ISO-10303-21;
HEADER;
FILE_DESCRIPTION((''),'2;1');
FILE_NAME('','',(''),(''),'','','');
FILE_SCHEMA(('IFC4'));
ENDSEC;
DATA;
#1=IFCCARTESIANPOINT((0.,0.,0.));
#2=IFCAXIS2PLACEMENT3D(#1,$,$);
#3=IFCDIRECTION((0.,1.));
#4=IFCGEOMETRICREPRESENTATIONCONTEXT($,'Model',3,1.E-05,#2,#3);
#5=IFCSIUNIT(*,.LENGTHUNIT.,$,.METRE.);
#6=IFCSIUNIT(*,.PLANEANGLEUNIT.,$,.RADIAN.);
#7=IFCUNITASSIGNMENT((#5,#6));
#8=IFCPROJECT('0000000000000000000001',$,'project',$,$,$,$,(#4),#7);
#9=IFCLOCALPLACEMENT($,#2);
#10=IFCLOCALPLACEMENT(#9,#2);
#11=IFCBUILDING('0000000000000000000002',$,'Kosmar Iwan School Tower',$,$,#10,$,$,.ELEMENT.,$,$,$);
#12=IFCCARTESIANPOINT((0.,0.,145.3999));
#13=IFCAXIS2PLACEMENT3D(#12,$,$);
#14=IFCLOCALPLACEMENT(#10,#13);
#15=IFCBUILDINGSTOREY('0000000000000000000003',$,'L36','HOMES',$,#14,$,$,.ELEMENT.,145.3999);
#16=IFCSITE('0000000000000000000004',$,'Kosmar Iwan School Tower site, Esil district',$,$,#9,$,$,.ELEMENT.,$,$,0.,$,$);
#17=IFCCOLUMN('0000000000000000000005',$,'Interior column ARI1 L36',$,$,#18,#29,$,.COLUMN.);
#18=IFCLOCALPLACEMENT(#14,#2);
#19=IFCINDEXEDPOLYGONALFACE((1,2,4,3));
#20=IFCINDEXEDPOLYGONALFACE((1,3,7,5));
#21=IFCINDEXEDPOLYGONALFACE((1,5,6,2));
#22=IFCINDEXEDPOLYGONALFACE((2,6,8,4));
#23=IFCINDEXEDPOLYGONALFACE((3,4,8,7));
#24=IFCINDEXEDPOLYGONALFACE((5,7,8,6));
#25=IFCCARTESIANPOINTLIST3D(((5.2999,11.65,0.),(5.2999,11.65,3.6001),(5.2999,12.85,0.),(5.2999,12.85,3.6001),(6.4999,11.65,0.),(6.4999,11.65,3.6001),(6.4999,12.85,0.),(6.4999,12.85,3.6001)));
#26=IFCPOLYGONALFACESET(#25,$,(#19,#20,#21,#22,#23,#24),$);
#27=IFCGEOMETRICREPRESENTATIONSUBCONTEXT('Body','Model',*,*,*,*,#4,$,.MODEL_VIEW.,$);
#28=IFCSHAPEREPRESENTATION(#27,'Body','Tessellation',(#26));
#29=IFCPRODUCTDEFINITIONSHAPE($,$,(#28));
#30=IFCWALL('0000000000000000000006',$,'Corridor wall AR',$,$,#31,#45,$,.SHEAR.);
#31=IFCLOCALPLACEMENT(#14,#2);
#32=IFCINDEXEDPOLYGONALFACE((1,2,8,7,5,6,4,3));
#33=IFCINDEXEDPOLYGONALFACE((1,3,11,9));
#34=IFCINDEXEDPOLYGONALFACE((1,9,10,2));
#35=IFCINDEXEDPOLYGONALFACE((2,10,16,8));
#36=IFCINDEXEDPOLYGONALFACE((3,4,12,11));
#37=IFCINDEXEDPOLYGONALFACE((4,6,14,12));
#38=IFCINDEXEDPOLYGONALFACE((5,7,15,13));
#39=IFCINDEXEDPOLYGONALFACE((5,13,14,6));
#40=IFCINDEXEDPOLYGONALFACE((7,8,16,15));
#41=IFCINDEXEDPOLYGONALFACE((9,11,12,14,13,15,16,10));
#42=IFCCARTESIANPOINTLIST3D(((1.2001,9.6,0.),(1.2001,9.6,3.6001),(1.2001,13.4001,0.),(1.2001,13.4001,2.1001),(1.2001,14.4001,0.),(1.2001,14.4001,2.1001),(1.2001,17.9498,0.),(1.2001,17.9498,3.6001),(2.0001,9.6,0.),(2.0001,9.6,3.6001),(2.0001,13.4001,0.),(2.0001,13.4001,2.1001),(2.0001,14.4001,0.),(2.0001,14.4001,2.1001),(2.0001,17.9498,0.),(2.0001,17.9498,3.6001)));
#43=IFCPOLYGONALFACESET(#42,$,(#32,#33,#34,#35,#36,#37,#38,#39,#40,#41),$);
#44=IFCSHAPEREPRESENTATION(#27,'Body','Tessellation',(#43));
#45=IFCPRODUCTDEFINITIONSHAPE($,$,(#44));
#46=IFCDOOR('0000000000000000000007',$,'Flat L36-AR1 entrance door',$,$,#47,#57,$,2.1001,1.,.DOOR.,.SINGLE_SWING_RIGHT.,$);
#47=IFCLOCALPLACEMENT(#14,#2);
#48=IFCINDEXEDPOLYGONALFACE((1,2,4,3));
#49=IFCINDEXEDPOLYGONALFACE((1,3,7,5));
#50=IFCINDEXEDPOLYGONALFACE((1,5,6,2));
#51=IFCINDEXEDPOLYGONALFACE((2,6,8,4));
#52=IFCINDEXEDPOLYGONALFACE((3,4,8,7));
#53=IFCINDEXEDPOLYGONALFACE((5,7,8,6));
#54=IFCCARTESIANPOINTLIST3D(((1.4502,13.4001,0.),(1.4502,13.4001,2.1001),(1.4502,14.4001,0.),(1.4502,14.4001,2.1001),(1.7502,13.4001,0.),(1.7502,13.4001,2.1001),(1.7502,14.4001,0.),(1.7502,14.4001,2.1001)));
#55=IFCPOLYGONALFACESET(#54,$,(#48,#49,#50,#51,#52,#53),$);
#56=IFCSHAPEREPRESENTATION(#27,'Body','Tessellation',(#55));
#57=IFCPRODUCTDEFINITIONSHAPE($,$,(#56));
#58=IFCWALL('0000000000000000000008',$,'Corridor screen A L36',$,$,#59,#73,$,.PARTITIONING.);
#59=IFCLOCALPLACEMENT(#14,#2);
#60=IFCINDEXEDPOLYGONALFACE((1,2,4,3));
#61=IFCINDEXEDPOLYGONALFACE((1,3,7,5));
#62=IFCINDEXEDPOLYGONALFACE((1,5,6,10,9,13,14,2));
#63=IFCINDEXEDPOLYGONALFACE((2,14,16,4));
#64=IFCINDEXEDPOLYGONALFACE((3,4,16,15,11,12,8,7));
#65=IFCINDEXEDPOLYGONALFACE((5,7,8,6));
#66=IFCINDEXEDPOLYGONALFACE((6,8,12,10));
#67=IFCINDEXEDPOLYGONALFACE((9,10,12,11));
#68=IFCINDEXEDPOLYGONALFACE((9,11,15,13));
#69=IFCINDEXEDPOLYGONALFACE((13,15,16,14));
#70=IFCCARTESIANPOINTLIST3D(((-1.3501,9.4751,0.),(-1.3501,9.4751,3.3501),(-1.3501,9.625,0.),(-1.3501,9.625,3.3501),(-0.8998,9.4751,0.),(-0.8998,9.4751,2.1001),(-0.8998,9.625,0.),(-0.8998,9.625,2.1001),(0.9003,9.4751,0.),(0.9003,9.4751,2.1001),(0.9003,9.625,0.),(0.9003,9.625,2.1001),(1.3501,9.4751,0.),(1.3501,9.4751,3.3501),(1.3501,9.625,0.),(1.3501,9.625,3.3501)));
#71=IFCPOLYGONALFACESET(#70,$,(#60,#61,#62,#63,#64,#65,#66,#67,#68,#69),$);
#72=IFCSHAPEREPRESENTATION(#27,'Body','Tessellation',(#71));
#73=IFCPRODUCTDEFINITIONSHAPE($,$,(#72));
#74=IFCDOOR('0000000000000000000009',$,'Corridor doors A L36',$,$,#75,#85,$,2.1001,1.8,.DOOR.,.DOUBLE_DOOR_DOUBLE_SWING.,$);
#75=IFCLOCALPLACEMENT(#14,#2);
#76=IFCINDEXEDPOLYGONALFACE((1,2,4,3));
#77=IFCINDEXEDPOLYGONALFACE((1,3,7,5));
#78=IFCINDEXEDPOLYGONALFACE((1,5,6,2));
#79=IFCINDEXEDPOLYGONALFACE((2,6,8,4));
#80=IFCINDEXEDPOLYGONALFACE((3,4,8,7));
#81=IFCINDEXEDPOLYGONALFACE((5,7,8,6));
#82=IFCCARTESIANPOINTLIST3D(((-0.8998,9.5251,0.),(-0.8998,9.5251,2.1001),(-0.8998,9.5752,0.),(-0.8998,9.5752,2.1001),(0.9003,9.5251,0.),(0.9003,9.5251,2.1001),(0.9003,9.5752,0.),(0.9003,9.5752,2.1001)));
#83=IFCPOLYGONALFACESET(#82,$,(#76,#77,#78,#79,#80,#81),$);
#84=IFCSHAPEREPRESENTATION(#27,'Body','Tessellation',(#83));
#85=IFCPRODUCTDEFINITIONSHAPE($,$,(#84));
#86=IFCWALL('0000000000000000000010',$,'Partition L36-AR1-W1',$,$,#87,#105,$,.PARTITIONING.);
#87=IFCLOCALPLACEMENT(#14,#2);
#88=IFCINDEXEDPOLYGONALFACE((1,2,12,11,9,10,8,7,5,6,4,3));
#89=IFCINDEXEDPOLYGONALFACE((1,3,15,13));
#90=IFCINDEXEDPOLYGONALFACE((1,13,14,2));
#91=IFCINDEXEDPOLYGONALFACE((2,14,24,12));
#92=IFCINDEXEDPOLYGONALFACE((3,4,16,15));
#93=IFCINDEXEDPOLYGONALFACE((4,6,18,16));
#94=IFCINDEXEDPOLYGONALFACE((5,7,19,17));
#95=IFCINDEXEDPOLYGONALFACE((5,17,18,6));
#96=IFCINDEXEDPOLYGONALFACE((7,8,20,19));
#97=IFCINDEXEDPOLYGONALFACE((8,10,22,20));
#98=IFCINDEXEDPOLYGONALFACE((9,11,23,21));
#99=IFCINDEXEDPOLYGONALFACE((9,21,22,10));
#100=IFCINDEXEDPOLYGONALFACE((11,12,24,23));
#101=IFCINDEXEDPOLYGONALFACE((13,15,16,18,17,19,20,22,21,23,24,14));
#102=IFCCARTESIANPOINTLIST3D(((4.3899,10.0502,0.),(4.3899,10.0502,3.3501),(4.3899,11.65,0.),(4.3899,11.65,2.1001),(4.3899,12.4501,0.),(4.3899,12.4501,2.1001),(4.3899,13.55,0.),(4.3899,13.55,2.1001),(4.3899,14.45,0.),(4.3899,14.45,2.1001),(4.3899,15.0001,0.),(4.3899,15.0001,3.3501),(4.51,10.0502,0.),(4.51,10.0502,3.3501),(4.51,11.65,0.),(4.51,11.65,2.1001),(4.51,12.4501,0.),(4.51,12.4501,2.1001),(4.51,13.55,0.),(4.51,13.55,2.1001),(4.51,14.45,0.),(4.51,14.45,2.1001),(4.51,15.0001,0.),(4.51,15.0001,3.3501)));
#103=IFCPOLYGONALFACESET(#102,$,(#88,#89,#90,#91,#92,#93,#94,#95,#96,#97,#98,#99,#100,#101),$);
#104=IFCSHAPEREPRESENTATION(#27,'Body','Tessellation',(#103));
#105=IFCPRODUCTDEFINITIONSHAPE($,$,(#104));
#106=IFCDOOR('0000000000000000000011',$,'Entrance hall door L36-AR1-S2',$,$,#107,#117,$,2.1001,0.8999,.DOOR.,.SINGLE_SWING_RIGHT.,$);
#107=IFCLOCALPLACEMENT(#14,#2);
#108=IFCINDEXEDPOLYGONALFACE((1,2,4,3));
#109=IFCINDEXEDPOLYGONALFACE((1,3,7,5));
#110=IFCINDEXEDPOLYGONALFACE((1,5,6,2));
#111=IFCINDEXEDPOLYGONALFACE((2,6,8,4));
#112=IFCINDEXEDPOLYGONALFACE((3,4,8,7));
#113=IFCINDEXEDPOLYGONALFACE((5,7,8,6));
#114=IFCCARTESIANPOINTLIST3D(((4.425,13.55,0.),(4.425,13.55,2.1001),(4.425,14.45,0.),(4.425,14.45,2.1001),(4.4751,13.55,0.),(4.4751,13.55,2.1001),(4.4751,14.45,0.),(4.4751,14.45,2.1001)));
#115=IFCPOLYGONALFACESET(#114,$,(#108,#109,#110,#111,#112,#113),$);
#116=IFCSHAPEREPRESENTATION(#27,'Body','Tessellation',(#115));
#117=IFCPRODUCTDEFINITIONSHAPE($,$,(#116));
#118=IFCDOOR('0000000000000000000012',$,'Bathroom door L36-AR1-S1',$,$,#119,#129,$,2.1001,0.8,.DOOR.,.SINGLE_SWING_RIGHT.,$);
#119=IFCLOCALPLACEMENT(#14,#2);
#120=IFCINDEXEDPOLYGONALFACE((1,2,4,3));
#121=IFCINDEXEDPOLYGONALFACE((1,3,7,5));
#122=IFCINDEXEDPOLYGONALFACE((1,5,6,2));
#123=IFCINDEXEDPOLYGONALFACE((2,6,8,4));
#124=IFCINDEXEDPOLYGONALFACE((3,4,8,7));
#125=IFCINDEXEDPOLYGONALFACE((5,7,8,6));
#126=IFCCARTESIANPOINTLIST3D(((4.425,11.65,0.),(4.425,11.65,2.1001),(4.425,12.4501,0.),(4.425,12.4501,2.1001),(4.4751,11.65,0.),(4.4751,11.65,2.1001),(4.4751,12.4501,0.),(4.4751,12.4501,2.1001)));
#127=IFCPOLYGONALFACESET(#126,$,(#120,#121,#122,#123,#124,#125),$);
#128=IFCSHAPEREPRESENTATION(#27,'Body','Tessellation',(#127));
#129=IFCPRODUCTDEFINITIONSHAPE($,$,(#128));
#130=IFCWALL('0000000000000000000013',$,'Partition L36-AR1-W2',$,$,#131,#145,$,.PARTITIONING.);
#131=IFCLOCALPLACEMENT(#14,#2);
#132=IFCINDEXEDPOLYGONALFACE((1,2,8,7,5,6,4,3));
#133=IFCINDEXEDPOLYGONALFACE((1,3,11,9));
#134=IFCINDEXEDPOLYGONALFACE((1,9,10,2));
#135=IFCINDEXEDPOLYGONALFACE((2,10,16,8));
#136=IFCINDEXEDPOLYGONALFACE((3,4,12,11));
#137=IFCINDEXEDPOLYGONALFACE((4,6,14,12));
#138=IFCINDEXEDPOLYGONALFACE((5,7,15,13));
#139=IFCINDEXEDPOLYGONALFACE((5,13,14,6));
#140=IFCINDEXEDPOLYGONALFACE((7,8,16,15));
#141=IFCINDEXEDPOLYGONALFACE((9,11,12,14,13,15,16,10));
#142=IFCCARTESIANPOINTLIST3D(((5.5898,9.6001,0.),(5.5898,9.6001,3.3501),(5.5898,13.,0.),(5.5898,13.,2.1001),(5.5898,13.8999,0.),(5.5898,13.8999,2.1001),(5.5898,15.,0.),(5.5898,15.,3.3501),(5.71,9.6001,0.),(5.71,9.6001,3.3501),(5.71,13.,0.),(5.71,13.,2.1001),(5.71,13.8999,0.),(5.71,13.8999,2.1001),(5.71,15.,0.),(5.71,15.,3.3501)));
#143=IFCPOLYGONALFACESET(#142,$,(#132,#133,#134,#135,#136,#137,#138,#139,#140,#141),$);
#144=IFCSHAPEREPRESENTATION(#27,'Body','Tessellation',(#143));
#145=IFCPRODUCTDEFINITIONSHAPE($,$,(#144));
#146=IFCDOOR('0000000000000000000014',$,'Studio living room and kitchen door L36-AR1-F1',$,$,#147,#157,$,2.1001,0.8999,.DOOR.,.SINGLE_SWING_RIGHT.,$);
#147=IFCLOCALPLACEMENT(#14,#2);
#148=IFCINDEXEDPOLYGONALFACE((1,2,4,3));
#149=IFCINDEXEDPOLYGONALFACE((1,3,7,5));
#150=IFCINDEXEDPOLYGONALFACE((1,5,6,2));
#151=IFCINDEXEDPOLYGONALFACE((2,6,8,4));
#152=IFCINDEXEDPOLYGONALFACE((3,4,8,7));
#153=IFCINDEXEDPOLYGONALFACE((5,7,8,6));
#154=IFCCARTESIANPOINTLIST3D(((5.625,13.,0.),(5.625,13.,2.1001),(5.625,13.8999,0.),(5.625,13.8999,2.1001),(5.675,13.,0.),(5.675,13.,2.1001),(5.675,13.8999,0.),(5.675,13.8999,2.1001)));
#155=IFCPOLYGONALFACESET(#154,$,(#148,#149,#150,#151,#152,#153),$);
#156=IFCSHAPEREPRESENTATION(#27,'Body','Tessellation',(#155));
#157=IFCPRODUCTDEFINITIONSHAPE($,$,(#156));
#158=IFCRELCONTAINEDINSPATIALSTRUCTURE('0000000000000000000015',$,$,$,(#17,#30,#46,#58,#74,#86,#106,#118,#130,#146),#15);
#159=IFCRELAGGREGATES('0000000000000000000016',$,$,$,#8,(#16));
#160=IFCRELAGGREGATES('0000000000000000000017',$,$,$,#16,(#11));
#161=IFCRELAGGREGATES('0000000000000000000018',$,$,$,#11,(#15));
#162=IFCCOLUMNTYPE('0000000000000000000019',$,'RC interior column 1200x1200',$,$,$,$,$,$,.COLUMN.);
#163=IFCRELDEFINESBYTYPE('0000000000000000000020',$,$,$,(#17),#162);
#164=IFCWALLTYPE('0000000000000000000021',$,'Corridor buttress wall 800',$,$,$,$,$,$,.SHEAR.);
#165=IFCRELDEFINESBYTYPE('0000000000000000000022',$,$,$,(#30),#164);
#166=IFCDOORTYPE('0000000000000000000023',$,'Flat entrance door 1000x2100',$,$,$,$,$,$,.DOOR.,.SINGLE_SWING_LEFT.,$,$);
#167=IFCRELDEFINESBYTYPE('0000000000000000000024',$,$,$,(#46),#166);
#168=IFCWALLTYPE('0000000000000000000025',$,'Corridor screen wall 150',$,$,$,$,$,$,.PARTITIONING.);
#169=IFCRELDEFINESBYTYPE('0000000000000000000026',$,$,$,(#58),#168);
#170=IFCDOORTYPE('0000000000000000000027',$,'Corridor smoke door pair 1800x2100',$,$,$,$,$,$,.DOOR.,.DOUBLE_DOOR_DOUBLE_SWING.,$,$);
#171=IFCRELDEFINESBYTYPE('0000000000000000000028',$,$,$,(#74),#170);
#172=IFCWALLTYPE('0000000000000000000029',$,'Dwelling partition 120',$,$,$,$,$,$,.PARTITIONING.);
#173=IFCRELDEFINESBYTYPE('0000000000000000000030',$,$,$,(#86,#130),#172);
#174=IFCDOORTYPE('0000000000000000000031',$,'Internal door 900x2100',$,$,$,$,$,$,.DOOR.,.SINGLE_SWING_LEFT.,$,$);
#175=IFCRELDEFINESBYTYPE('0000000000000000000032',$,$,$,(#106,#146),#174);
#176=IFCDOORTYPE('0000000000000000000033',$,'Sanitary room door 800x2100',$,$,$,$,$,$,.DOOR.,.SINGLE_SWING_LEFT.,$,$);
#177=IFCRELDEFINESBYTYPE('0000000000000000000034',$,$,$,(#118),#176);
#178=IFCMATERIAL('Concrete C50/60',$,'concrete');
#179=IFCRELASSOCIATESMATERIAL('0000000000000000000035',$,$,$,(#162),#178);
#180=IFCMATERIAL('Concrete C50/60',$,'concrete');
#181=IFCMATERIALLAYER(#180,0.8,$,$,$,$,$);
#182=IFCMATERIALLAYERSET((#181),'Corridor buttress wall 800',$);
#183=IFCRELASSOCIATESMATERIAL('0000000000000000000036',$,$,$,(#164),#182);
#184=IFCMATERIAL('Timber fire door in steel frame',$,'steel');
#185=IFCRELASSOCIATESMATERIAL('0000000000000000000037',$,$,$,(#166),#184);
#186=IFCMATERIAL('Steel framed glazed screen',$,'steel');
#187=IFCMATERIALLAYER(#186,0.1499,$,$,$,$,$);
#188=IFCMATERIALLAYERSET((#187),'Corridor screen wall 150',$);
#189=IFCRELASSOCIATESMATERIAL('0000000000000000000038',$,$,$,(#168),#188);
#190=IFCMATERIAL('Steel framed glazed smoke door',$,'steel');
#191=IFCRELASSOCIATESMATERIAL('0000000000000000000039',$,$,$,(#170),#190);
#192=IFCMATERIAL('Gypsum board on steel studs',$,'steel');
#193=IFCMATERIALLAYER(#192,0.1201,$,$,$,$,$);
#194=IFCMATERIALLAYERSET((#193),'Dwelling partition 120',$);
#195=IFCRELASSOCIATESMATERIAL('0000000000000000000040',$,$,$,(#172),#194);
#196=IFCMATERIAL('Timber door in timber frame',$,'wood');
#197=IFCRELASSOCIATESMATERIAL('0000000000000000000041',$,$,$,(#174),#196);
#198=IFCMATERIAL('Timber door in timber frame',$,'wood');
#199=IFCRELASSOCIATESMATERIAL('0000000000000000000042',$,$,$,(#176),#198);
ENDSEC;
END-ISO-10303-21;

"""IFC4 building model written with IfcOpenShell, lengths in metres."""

from ifc_helpers import new_model, si_unit, direction, frame, frame_2d, origin, origin_2d, place, context, subcontext, project, spatial, rectangle, extrude, material, layer, layer_set, material_profile, profile_set, type_object, element, fill, save


model = new_model("IFC4")

# Units and contexts
model_context = context("Model", 3, precision=1e-05, world=origin(), true_north=direction((0.0, 1.0)))
body_context = subcontext(model_context, "Body", "Model", "MODEL_VIEW")
ifc_project = project(units=[si_unit("LENGTHUNIT", "METRE"), si_unit("PLANEANGLEUNIT", "RADIAN")], contexts=[model_context])

# Site, building, storey
site_placement = place(None, origin())
site = spatial("IfcSite", under=ifc_project, at=site_placement, Name="Kosmar Iwan School Tower site, Esil district", CompositionType="ELEMENT", RefElevation=0.0)
building_placement = place(site_placement, origin())
building = spatial("IfcBuilding", under=site, at=building_placement, Name="Kosmar Iwan School Tower", CompositionType="ELEMENT")
storey_placement = place(building_placement, frame((0.0, 0.0, 145.3999)))
storey = spatial("IfcBuildingStorey", under=building, at=storey_placement, Name="L36", Description="HOMES", CompositionType="ELEMENT", Elevation=145.3999)

# Column
ifc_material_1 = material(Name="Concrete C50/60", Category="concrete")
ifc_material_profile = material_profile(ifc_material_1, rectangle(XDim=1.2, YDim=1.2, at=origin_2d()), Name="RC 1200x1200")
ifc_profile_set = profile_set([ifc_material_profile], Name="Concrete C50/60")
column_type = type_object("IfcColumnType", Name="RC interior column 1200x1200", PredefinedType="COLUMN", material=ifc_profile_set)
column_placement = place(storey_placement, frame((5.8999, 12.25, 0.0), z_axis=(0.0, 0.0, 1.0), x_axis=(0.0, 1.0, 0.0)))
element("IfcColumn", 1, at=column_placement, inside=storey, type_object=column_type, Name="Interior column ARI1 L36", PredefinedType="COLUMN", context=body_context, shape_type="SweptSolid", body=[
    extrude(rectangle(XDim=1.2, YDim=1.2, at=origin_2d()), origin(), (0.0, 0.0, 1.0), 3.6001),
])

# Walls, openings, doors
ifc_material_2 = material(Name="Concrete C50/60", Category="concrete")
ifc_layer_1 = layer(ifc_material_2, 0.8)
ifc_layer_set_1 = layer_set([ifc_layer_1], Name="Corridor buttress wall 800")
wall_type_1 = type_object("IfcWallType", Name="Corridor buttress wall 800", PredefinedType="SHEAR", material=ifc_layer_set_1)
wall_1_placement = place(storey_placement, frame((1.6001, 9.6001, 0.0), z_axis=(0.0, 0.0, 1.0), x_axis=(0.0, 1.0, 0.0)))
wall_1 = element("IfcWall", 2, at=wall_1_placement, inside=storey, type_object=wall_type_1, Name="Corridor wall AR", PredefinedType="SHEAR", context=body_context, shape_type="SweptSolid", body=[
    extrude(rectangle(XDim=8.3499, YDim=0.8, at=frame_2d((4.1748, 0.0))), origin(), (0.0, 0.0, 1.0), 3.6001),
])
opening_1_placement = place(wall_1_placement, frame((3.8, 0.0, 0.0)))
opening_1 = element("IfcOpeningElement", 3, at=opening_1_placement, cuts=wall_1, PredefinedType="OPENING", context=body_context, shape_type="SweptSolid", body=[
    extrude(rectangle(XDim=1.0, YDim=2.1001, at=frame_2d((0.5, 1.05))), frame((0.0, 0.4121, 0.0), z_axis=(0.0, -1.0, 0.0), x_axis=(1.0, 0.0, 0.0)), (0.0, 0.0, 1.0), 0.824),
])
ifc_material_3 = material(Name="Timber fire door in steel frame", Category="steel")
door_type_1 = type_object("IfcDoorType", Name="Flat entrance door 1000x2100", OperationType="SINGLE_SWING_LEFT", PredefinedType="DOOR", material=ifc_material_3)
door_1_placement = place(opening_1_placement, origin())
door_1 = element("IfcDoor", 4, at=door_1_placement, inside=storey, type_object=door_type_1, Name="Flat L36-AR1 entrance door", OperationType="SINGLE_SWING_RIGHT", OverallHeight=2.1001, OverallWidth=1.0, PredefinedType="DOOR", context=body_context, shape_type="SweptSolid", body=[
    extrude(rectangle(XDim=1.0, YDim=2.1001, at=frame_2d((0.5, 1.05))), frame((0.0, 0.1499, 0.0), z_axis=(0.0, -1.0, 0.0), x_axis=(1.0, 0.0, 0.0)), (0.0, 0.0, 1.0), 0.3),
])
fill(opening_1, door_1)
ifc_material_4 = material(Name="Steel framed glazed screen", Category="steel")
ifc_layer_2 = layer(ifc_material_4, 0.1499)
ifc_layer_set_2 = layer_set([ifc_layer_2], Name="Corridor screen wall 150")
wall_type_2 = type_object("IfcWallType", Name="Corridor screen wall 150", PredefinedType="PARTITIONING", material=ifc_layer_set_2)
wall_2_placement = place(storey_placement, frame((1.3501, 9.55, 0.0), z_axis=(0.0, 0.0, 1.0), x_axis=(-1.0, 0.0, 0.0)))
wall_2 = element("IfcWall", 5, at=wall_2_placement, inside=storey, type_object=wall_type_2, Name="Corridor screen A L36", PredefinedType="PARTITIONING", context=body_context, shape_type="SweptSolid", body=[
    extrude(rectangle(XDim=2.7002, YDim=0.1499, at=frame_2d((1.3501, 0.0))), origin(), (0.0, 0.0, 1.0), 3.3501),
])
opening_2_placement = place(wall_2_placement, frame((0.45, 0.0, 0.0)))
opening_2 = element("IfcOpeningElement", 6, at=opening_2_placement, cuts=wall_2, PredefinedType="OPENING", context=body_context, shape_type="SweptSolid", body=[
    extrude(rectangle(XDim=1.8, YDim=2.1001, at=frame_2d((0.8999, 1.05))), frame((0.0, 0.0869, 0.0), z_axis=(0.0, -1.0, 0.0), x_axis=(1.0, 0.0, 0.0)), (0.0, 0.0, 1.0), 0.1738),
])
ifc_material_5 = material(Name="Steel framed glazed smoke door", Category="steel")
door_type_2 = type_object("IfcDoorType", Name="Corridor smoke door pair 1800x2100", OperationType="DOUBLE_DOOR_DOUBLE_SWING", PredefinedType="DOOR", material=ifc_material_5)
door_2_placement = place(opening_2_placement, origin())
door_2 = element("IfcDoor", 7, at=door_2_placement, inside=storey, type_object=door_type_2, Name="Corridor doors A L36", OperationType="DOUBLE_DOOR_DOUBLE_SWING", OverallHeight=2.1001, OverallWidth=1.8, PredefinedType="DOOR", context=body_context, shape_type="SweptSolid", body=[
    extrude(rectangle(XDim=1.8, YDim=2.1001, at=frame_2d((0.8999, 1.05))), frame((0.0, 0.0249, 0.0), z_axis=(0.0, -1.0, 0.0), x_axis=(1.0, 0.0, 0.0)), (0.0, 0.0, 1.0), 0.05),
])
fill(opening_2, door_2)

# Wall, openings, doors
ifc_material_6 = material(Name="Gypsum board on steel studs", Category="steel")
ifc_layer_3 = layer(ifc_material_6, 0.1201)
ifc_layer_set_3 = layer_set([ifc_layer_3], Name="Dwelling partition 120")
wall_type_3 = type_object("IfcWallType", Name="Dwelling partition 120", PredefinedType="PARTITIONING", material=ifc_layer_set_3)
wall_3_placement = place(storey_placement, frame((4.45, 10.05, 0.0), z_axis=(0.0, 0.0, 1.0), x_axis=(0.0, 1.0, 0.0)))
wall_3 = element("IfcWall", 8, at=wall_3_placement, inside=storey, type_object=wall_type_3, Name="Partition L36-AR1-W1", PredefinedType="PARTITIONING", context=body_context, shape_type="SweptSolid", body=[
    extrude(rectangle(XDim=4.95, YDim=0.1201, at=frame_2d((2.4751, 0.0))), origin(), (0.0, 0.0, 1.0), 3.3501),
])
opening_3_placement = place(wall_3_placement, frame((1.6001, 0.0, 0.0)))
opening_3 = element("IfcOpeningElement", 9, at=opening_3_placement, cuts=wall_3, PredefinedType="OPENING", context=body_context, shape_type="SweptSolid", body=[
    extrude(rectangle(XDim=0.8, YDim=2.1001, at=frame_2d((0.3999, 1.05))), frame((0.0, 0.072, 0.0), z_axis=(0.0, -1.0, 0.0), x_axis=(1.0, 0.0, 0.0)), (0.0, 0.0, 1.0), 0.144),
])
opening_4_placement = place(wall_3_placement, frame((3.5, 0.0, 0.0)))
opening_4 = element("IfcOpeningElement", 10, at=opening_4_placement, cuts=wall_3, PredefinedType="OPENING", context=body_context, shape_type="SweptSolid", body=[
    extrude(rectangle(XDim=0.8999, YDim=2.1001, at=frame_2d((0.45, 1.05))), frame((0.0, 0.072, 0.0), z_axis=(0.0, -1.0, 0.0), x_axis=(1.0, 0.0, 0.0)), (0.0, 0.0, 1.0), 0.144),
])
ifc_material_7 = material(Name="Timber door in timber frame", Category="wood")
door_type_3 = type_object("IfcDoorType", Name="Internal door 900x2100", OperationType="SINGLE_SWING_LEFT", PredefinedType="DOOR", material=ifc_material_7)
door_3_placement = place(opening_4_placement, origin())
door_3 = element("IfcDoor", 11, at=door_3_placement, inside=storey, type_object=door_type_3, Name="Entrance hall door L36-AR1-S2", OperationType="SINGLE_SWING_RIGHT", OverallHeight=2.1001, OverallWidth=0.8999, PredefinedType="DOOR", context=body_context, shape_type="SweptSolid", body=[
    extrude(rectangle(XDim=0.8999, YDim=2.1001, at=frame_2d((0.45, 1.05))), frame((0.0, 0.0249, 0.0), z_axis=(0.0, -1.0, 0.0), x_axis=(1.0, 0.0, 0.0)), (0.0, 0.0, 1.0), 0.05),
])
fill(opening_4, door_3)
ifc_material_8 = material(Name="Timber door in timber frame", Category="wood")
door_type_4 = type_object("IfcDoorType", Name="Sanitary room door 800x2100", OperationType="SINGLE_SWING_LEFT", PredefinedType="DOOR", material=ifc_material_8)
door_4_placement = place(opening_3_placement, origin())
door_4 = element("IfcDoor", 12, at=door_4_placement, inside=storey, type_object=door_type_4, Name="Bathroom door L36-AR1-S1", OperationType="SINGLE_SWING_RIGHT", OverallHeight=2.1001, OverallWidth=0.8, PredefinedType="DOOR", context=body_context, shape_type="SweptSolid", body=[
    extrude(rectangle(XDim=0.8, YDim=2.1001, at=frame_2d((0.3999, 1.05))), frame((0.0, 0.0249, 0.0), z_axis=(0.0, -1.0, 0.0), x_axis=(1.0, 0.0, 0.0)), (0.0, 0.0, 1.0), 0.05),
])
fill(opening_3, door_4)

# Wall, opening, door
wall_4_placement = place(storey_placement, frame((5.6499, 9.6001, 0.0), z_axis=(0.0, 0.0, 1.0), x_axis=(0.0, 1.0, 0.0)))
wall_4 = element("IfcWall", 13, at=wall_4_placement, inside=storey, type_object=wall_type_3, Name="Partition L36-AR1-W2", PredefinedType="PARTITIONING", context=body_context, shape_type="SweptSolid", body=[
    extrude(rectangle(XDim=5.3999, YDim=0.1201, at=frame_2d((2.7, 0.0))), origin(), (0.0, 0.0, 1.0), 3.3501),
])
opening_5_placement = place(wall_4_placement, frame((3.3999, 0.0, 0.0)))
opening_5 = element("IfcOpeningElement", 14, at=opening_5_placement, cuts=wall_4, PredefinedType="OPENING", context=body_context, shape_type="SweptSolid", body=[
    extrude(rectangle(XDim=0.8999, YDim=2.1001, at=frame_2d((0.45, 1.05))), frame((0.0, 0.072, 0.0), z_axis=(0.0, -1.0, 0.0), x_axis=(1.0, 0.0, 0.0)), (0.0, 0.0, 1.0), 0.144),
])
door_5_placement = place(opening_5_placement, origin())
door_5 = element("IfcDoor", 15, at=door_5_placement, inside=storey, type_object=door_type_3, Name="Studio living room and kitchen door L36-AR1-F1", OperationType="SINGLE_SWING_RIGHT", OverallHeight=2.1001, OverallWidth=0.8999, PredefinedType="DOOR", context=body_context, shape_type="SweptSolid", body=[
    extrude(rectangle(XDim=0.8999, YDim=2.1001, at=frame_2d((0.45, 1.05))), frame((0.0, 0.0249, 0.0), z_axis=(0.0, -1.0, 0.0), x_axis=(1.0, 0.0, 0.0)), (0.0, 0.0, 1.0), 0.05),
])
fill(opening_5, door_5)

save(model, "model.ifc")
